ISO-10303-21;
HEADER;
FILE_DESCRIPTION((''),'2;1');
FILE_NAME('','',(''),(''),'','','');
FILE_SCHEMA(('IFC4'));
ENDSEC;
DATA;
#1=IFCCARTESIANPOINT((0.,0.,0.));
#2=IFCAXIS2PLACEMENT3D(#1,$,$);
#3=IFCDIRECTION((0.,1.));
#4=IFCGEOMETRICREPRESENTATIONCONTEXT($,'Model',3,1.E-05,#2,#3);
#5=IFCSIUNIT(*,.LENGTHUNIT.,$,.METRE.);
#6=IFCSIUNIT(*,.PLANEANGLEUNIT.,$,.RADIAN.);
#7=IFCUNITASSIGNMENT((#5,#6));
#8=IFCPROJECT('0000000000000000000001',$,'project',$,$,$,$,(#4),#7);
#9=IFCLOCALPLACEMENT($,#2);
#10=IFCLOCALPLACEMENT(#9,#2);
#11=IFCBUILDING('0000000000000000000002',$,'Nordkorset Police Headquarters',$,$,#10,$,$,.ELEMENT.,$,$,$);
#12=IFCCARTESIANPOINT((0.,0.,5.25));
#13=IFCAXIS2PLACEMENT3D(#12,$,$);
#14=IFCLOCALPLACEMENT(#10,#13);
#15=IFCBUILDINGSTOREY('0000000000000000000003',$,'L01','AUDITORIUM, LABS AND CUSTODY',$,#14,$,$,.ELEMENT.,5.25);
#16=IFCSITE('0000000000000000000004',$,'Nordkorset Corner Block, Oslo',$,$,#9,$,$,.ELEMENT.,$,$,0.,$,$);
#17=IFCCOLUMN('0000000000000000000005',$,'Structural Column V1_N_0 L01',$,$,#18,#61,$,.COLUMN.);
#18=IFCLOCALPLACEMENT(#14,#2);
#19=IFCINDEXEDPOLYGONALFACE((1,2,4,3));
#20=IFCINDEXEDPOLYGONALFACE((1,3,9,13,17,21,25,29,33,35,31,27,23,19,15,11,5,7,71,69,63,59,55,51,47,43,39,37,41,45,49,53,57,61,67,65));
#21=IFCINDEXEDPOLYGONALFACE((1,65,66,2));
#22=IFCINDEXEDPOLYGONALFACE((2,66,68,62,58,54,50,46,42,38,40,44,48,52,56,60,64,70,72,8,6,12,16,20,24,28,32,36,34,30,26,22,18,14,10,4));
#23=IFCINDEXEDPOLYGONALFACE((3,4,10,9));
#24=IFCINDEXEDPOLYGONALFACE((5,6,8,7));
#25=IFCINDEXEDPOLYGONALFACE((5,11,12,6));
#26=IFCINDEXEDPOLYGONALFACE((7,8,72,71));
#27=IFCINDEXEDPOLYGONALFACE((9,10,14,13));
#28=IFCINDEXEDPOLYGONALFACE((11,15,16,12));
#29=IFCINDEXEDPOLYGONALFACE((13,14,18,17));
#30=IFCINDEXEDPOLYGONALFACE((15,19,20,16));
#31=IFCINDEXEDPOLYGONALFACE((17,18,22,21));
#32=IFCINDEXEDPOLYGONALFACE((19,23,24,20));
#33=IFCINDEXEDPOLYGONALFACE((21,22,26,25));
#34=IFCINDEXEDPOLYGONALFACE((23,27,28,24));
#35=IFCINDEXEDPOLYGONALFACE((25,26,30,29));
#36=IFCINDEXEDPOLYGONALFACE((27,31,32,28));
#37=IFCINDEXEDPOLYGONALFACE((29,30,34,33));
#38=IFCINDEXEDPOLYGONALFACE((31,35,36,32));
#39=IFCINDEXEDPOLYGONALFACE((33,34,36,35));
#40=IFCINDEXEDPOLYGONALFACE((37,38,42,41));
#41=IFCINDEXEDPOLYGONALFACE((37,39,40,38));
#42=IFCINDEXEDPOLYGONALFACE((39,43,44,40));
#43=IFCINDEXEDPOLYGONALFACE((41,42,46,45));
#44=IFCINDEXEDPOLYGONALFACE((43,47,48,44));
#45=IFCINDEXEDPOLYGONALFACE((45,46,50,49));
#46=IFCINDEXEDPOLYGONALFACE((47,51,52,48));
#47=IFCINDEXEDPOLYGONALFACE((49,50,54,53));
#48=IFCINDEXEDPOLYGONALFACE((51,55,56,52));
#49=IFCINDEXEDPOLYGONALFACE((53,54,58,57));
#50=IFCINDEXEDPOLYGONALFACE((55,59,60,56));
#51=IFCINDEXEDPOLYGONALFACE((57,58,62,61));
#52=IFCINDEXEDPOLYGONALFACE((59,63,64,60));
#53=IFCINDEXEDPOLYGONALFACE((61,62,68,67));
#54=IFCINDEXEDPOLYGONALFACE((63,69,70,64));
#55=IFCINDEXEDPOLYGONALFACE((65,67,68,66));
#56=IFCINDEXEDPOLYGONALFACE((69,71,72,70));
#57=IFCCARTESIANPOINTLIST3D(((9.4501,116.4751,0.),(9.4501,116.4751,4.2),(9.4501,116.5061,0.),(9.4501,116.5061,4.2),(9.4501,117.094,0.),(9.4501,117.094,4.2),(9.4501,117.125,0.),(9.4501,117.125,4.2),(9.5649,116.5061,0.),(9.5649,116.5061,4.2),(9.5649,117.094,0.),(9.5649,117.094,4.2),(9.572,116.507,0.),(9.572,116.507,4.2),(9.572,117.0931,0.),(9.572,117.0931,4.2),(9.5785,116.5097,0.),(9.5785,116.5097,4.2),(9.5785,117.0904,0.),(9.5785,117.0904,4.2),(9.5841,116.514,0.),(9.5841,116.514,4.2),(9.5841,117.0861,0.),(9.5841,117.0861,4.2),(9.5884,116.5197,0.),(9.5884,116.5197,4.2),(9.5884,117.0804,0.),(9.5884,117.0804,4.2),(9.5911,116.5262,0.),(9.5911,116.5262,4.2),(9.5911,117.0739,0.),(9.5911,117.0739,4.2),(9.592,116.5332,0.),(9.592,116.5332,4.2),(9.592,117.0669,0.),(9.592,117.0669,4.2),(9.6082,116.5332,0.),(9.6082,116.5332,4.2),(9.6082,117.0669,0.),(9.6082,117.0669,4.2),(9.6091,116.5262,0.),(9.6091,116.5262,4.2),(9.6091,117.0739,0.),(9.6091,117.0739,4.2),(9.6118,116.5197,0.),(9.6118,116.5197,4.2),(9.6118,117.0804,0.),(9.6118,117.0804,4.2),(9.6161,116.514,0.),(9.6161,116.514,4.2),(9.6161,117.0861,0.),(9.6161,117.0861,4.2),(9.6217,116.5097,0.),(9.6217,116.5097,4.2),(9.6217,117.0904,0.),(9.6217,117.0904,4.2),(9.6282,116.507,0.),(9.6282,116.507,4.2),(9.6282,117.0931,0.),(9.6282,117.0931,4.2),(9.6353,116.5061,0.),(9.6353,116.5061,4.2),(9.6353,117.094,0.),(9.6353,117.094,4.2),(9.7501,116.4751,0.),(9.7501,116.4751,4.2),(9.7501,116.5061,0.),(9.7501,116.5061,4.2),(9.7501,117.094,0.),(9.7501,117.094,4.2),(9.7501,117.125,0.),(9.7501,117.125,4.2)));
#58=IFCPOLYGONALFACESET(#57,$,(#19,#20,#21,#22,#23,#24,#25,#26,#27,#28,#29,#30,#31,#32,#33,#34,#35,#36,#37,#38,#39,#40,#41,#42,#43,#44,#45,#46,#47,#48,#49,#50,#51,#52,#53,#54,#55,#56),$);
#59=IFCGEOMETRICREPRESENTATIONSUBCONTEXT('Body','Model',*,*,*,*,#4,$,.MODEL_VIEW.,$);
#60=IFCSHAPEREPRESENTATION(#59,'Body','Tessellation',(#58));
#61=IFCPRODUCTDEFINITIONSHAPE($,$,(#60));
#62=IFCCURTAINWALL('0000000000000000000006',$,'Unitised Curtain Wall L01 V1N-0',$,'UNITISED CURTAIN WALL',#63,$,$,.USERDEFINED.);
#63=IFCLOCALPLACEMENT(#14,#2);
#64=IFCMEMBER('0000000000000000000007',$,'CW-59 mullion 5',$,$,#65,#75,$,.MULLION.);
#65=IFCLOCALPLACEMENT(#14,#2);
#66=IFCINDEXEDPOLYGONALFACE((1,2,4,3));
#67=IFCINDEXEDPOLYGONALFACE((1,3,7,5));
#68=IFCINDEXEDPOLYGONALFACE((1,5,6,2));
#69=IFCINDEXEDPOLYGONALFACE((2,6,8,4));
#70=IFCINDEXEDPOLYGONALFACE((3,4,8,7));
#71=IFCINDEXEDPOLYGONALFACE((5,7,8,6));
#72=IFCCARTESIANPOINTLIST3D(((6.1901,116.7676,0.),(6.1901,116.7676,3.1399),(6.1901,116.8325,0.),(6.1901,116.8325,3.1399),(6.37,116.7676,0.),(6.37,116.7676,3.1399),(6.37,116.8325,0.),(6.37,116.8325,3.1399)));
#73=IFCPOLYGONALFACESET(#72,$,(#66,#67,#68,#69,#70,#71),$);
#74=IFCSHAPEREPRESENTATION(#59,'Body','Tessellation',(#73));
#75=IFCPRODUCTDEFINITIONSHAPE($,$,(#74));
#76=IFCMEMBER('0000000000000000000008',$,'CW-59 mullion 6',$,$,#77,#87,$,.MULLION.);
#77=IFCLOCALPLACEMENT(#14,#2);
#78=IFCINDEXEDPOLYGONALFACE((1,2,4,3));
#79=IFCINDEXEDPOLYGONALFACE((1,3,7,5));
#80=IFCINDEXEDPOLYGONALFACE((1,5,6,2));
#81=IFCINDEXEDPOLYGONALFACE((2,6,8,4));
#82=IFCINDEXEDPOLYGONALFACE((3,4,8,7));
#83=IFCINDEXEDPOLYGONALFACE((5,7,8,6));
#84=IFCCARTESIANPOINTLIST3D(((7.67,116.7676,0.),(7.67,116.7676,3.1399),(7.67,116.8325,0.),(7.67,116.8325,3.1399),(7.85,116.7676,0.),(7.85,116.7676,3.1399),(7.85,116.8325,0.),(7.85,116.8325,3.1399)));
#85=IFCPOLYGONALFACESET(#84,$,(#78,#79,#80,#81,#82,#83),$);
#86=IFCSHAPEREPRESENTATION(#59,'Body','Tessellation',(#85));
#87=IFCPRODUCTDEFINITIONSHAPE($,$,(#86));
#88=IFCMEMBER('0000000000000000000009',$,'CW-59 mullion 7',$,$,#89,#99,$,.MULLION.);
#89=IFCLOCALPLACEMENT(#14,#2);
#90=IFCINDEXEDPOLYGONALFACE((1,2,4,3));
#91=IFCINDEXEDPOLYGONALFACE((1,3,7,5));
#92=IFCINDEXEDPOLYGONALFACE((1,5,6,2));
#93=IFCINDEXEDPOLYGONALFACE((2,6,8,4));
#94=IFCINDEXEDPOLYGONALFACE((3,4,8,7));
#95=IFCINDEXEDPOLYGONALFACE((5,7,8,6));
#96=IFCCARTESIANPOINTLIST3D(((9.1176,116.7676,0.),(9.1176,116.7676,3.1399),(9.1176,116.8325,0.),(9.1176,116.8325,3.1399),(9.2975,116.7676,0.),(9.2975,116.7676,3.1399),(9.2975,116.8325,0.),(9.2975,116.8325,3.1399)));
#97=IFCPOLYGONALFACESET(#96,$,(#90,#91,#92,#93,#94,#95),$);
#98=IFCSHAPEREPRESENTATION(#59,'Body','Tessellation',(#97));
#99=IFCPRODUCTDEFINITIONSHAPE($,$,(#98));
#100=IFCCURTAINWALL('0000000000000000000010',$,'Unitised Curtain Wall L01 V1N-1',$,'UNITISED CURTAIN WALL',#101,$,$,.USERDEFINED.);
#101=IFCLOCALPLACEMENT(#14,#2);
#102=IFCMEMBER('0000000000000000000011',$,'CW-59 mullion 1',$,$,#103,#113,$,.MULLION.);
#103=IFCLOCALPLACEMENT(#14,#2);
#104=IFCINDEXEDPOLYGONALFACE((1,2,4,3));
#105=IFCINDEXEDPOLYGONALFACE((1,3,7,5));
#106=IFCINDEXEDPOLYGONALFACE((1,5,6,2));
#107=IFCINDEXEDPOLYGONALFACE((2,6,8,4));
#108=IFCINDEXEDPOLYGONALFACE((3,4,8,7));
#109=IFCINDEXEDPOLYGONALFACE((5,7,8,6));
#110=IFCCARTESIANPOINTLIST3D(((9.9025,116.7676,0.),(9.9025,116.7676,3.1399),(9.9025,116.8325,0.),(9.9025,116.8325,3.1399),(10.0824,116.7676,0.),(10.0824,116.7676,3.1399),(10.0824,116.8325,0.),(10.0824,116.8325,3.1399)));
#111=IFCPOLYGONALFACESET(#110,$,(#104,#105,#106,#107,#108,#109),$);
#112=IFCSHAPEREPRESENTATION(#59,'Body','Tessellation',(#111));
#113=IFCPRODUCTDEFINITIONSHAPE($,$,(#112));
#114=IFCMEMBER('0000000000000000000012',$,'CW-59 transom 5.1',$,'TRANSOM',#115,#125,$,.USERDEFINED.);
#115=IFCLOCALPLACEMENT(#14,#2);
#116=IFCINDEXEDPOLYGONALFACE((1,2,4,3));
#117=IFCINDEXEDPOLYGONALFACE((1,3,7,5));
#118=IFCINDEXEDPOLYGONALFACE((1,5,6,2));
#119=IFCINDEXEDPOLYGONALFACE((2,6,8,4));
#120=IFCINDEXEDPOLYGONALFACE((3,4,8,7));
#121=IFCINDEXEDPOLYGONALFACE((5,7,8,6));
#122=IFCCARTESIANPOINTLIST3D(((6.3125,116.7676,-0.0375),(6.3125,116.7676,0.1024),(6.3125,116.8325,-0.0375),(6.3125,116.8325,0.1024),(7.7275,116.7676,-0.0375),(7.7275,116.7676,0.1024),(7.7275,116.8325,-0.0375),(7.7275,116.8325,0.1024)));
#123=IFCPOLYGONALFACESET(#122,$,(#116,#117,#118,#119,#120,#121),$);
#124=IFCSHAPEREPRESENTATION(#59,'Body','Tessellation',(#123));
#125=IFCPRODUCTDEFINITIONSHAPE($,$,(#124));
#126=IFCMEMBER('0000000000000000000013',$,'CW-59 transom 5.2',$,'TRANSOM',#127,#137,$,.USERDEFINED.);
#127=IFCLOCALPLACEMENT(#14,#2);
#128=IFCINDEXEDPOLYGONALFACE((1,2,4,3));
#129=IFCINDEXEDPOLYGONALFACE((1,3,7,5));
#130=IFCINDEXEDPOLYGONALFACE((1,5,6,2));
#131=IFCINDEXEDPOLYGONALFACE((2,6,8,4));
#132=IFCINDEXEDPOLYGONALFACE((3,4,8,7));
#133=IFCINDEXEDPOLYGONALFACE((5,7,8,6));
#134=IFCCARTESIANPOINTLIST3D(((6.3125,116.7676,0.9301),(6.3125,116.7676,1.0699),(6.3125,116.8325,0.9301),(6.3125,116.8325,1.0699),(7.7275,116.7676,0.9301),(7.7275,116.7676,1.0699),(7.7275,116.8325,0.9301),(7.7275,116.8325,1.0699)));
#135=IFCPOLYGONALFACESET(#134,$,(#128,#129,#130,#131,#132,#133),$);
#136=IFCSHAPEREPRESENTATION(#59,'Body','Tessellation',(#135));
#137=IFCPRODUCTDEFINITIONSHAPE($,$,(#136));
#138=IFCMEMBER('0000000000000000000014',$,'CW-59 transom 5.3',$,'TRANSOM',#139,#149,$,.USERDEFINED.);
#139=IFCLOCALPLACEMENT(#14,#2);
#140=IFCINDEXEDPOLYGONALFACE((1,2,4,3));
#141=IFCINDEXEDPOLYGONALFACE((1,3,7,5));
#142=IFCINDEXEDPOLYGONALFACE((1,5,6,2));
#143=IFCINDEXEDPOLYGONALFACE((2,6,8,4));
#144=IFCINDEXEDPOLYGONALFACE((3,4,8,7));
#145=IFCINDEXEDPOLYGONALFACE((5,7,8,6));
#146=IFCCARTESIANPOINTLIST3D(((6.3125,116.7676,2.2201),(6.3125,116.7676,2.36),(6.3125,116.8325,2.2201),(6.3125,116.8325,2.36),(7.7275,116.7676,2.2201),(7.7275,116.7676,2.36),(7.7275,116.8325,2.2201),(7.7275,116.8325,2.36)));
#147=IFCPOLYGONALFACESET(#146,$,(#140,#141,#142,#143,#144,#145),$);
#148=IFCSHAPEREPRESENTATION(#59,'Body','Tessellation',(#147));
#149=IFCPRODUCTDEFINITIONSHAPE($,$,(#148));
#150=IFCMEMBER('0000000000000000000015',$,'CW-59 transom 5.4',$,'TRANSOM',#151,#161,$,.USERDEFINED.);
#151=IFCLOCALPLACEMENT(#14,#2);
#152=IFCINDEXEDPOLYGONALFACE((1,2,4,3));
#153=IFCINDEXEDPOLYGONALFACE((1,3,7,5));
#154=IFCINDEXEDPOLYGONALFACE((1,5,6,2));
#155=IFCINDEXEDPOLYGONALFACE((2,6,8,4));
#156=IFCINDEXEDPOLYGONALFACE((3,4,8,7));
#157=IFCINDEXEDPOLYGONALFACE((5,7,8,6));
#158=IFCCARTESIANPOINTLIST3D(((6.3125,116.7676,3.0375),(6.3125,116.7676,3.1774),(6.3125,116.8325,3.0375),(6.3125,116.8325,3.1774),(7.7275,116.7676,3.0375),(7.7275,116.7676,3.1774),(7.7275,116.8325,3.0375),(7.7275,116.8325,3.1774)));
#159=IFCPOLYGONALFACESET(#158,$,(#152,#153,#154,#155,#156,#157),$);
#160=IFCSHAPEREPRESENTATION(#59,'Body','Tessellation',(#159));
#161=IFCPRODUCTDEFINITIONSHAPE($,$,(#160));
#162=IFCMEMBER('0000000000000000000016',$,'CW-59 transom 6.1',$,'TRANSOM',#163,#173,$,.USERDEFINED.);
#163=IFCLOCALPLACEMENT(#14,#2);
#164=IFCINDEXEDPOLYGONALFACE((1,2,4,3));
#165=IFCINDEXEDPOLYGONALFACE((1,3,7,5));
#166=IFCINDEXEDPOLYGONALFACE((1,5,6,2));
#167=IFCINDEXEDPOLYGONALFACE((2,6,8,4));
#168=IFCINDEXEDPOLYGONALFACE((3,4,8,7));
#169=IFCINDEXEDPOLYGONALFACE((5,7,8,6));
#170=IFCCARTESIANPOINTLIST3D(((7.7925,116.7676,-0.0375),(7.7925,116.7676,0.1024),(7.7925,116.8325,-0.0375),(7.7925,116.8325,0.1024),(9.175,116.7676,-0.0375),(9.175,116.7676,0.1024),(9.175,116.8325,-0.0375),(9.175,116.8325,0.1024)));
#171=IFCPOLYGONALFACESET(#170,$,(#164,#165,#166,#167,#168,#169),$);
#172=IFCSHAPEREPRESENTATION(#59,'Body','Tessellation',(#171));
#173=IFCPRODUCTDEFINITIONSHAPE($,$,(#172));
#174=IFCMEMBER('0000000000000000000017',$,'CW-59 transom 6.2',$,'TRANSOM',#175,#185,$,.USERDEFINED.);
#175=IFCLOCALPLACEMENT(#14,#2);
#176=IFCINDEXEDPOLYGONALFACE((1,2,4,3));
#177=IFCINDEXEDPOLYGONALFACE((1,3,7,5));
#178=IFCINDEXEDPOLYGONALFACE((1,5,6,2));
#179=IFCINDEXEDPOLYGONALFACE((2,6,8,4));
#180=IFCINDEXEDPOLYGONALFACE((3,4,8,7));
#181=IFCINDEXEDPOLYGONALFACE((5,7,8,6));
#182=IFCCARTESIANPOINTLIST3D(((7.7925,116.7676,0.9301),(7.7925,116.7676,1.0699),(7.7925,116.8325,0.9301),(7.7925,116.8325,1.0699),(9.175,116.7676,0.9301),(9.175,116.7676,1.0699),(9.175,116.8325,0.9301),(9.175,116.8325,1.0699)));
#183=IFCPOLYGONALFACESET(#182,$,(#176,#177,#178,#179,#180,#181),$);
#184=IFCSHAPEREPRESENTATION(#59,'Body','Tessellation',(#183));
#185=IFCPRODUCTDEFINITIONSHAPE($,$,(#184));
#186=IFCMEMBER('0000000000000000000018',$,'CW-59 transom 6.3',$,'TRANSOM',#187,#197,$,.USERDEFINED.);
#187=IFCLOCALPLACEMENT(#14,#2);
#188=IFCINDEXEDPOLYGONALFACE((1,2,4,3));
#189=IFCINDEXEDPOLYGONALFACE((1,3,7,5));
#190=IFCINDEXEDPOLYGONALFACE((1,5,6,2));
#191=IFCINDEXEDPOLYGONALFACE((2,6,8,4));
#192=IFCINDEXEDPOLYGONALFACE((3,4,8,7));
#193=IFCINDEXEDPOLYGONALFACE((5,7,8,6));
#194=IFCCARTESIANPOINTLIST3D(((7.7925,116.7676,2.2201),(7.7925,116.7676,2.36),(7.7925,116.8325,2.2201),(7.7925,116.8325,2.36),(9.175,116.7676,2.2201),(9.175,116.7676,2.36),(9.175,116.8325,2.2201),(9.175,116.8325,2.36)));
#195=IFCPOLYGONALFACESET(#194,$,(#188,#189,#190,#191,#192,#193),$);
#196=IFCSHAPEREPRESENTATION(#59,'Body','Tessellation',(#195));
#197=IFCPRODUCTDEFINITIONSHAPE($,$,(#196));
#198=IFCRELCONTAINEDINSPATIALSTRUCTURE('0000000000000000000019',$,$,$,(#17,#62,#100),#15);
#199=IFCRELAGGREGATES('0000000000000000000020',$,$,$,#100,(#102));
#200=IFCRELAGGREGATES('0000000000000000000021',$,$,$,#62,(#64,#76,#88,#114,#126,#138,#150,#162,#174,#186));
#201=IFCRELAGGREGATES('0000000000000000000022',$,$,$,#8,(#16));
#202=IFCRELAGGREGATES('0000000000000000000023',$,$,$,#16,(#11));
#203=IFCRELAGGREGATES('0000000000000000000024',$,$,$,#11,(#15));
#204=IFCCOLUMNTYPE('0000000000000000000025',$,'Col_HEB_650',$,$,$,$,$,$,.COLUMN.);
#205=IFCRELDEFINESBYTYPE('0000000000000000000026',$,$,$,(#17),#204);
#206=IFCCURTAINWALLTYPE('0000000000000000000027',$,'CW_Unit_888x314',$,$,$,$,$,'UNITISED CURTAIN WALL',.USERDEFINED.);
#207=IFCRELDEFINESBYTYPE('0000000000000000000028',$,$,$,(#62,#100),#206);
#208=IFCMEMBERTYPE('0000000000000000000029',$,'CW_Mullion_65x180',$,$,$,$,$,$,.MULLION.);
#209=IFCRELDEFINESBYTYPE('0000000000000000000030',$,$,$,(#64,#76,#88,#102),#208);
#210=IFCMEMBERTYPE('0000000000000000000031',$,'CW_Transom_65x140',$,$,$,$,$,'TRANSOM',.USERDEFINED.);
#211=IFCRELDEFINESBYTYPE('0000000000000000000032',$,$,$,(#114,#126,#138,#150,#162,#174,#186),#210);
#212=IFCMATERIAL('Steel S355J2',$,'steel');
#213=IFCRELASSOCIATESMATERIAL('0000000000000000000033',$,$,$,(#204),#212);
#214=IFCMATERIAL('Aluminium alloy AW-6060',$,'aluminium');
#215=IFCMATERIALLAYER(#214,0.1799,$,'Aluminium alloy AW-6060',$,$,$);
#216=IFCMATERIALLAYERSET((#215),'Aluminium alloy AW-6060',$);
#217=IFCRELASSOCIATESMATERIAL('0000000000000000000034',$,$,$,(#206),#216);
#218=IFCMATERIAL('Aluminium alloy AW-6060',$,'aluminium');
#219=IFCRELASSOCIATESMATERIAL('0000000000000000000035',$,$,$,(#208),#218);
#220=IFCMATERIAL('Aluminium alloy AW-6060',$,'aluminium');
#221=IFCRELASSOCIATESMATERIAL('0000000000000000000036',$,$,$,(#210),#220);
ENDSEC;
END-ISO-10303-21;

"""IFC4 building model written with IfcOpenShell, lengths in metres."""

from ifc_helpers import new_model, si_unit, direction, frame, origin, origin_2d, place, context, subcontext, project, spatial, rectangle, i_section, extrude, material, layer, layer_set, material_profile, profile_set, type_object, element, aggregate, save


model = new_model("IFC4")

# Units and contexts
model_context = context("Model", 3, precision=1e-05, world=origin(), true_north=direction((0.0, 1.0)))
body_context = subcontext(model_context, "Body", "Model", "MODEL_VIEW")
ifc_project = project(units=[si_unit("LENGTHUNIT", "METRE"), si_unit("PLANEANGLEUNIT", "RADIAN")], contexts=[model_context])

# Site, building, storey
site_placement = place(None, origin())
site = spatial("IfcSite", under=ifc_project, at=site_placement, Name="Nordkorset Corner Block, Oslo", CompositionType="ELEMENT", RefElevation=0.0)
building_placement = place(site_placement, origin())
building = spatial("IfcBuilding", under=site, at=building_placement, Name="Nordkorset Police Headquarters", CompositionType="ELEMENT")
storey_placement = place(building_placement, frame((0.0, 0.0, 5.25)))
storey = spatial("IfcBuildingStorey", under=building, at=storey_placement, Name="L01", Description="AUDITORIUM, LABS AND CUSTODY", CompositionType="ELEMENT", Elevation=5.25)

# Column
ifc_material_1 = material(Name="Steel S355J2", Category="steel")
ifc_material_profile_1 = material_profile(ifc_material_1, i_section(OverallWidth=0.3, OverallDepth=0.6499, WebThickness=0.0161, FlangeThickness=0.031, FilletRadius=0.0271, at=origin_2d()), Name="HEB 650")
ifc_profile_set_1 = profile_set([ifc_material_profile_1], Name="Steel S355J2")
column_type = type_object("IfcColumnType", Name="Col_HEB_650", PredefinedType="COLUMN", material=ifc_profile_set_1)
column_placement = place(storey_placement, frame((9.6001, 116.8, 0.0), z_axis=(0.0, 0.0, 1.0), x_axis=(1.0, 0.0, 0.0)))
element("IfcColumn", 1, at=column_placement, inside=storey, type_object=column_type, Name="Structural Column V1_N_0 L01", PredefinedType="COLUMN", context=body_context, shape_type="SweptSolid", body=[
    extrude(i_section(OverallWidth=0.3, OverallDepth=0.6499, WebThickness=0.0161, FlangeThickness=0.031, FilletRadius=0.0271, at=origin_2d()), origin(), (0.0, 0.0, 1.0), 4.2),
])

# Curtain wall, members
ifc_material_2 = material(Name="Aluminium alloy AW-6060", Category="aluminium")
ifc_layer_1 = layer(ifc_material_2, 0.1799, Name="Aluminium alloy AW-6060")
ifc_layer_set_1 = layer_set([ifc_layer_1], Name="Aluminium alloy AW-6060")
curtain_wall_type = type_object("IfcCurtainWallType", Name="CW_Unit_888x314", ElementType="UNITISED CURTAIN WALL", PredefinedType="USERDEFINED", material=ifc_layer_set_1)
curtain_wall_1_placement = place(storey_placement, origin())
curtain_wall_1 = element("IfcCurtainWall", 2, at=curtain_wall_1_placement, inside=storey, type_object=curtain_wall_type, Name="Unitised Curtain Wall L01 V1N-0", ObjectType="UNITISED CURTAIN WALL", PredefinedType="USERDEFINED")
ifc_material_3 = material(Name="Aluminium alloy AW-6060", Category="aluminium")
ifc_material_profile_2 = material_profile(ifc_material_3, rectangle(XDim=0.0649, YDim=0.1799, at=origin_2d()), Name="ALU MULL 65x180")
ifc_profile_set_2 = profile_set([ifc_material_profile_2], Name="Aluminium alloy AW-6060")
member_type_1 = type_object("IfcMemberType", Name="CW_Mullion_65x180", PredefinedType="MULLION", material=ifc_profile_set_2)
member_1_placement = place(storey_placement, frame((6.28, 116.8, 0.0), z_axis=(0.0, 0.0, 1.0), x_axis=(0.0, 1.0, 0.0)))
member_1 = element("IfcMember", 3, at=member_1_placement, type_object=member_type_1, Name="CW-59 mullion 5", PredefinedType="MULLION", context=body_context, shape_type="SweptSolid", body=[
    extrude(rectangle(XDim=0.0649, YDim=0.1799, at=origin_2d()), origin(), (0.0, 0.0, 1.0), 3.1399),
])
member_2_placement = place(storey_placement, frame((7.76, 116.8, 0.0), z_axis=(0.0, 0.0, 1.0), x_axis=(0.0, 1.0, 0.0)))
member_2 = element("IfcMember", 4, at=member_2_placement, type_object=member_type_1, Name="CW-59 mullion 6", PredefinedType="MULLION", context=body_context, shape_type="SweptSolid", body=[
    extrude(rectangle(XDim=0.0649, YDim=0.1799, at=origin_2d()), origin(), (0.0, 0.0, 1.0), 3.1399),
])
member_3_placement = place(storey_placement, frame((9.2075, 116.8, 0.0), z_axis=(0.0, 0.0, 1.0), x_axis=(0.0, 1.0, 0.0)))
member_3 = element("IfcMember", 5, at=member_3_placement, type_object=member_type_1, Name="CW-59 mullion 7", PredefinedType="MULLION", context=body_context, shape_type="SweptSolid", body=[
    extrude(rectangle(XDim=0.0649, YDim=0.1799, at=origin_2d()), origin(), (0.0, 0.0, 1.0), 3.1399),
])

# Curtain wall, member
curtain_wall_2_placement = place(storey_placement, origin())
curtain_wall_2 = element("IfcCurtainWall", 6, at=curtain_wall_2_placement, inside=storey, type_object=curtain_wall_type, Name="Unitised Curtain Wall L01 V1N-1", ObjectType="UNITISED CURTAIN WALL", PredefinedType="USERDEFINED")
member_4_placement = place(storey_placement, frame((9.9924, 116.8, 0.0), z_axis=(0.0, 0.0, 1.0), x_axis=(0.0, 1.0, 0.0)))
member_4 = element("IfcMember", 7, at=member_4_placement, type_object=member_type_1, Name="CW-59 mullion 1", PredefinedType="MULLION", context=body_context, shape_type="SweptSolid", body=[
    extrude(rectangle(XDim=0.0649, YDim=0.1799, at=origin_2d()), origin(), (0.0, 0.0, 1.0), 3.1399),
])
aggregate(curtain_wall_2, [member_4])

# Members
ifc_material_4 = material(Name="Aluminium alloy AW-6060", Category="aluminium")
ifc_material_profile_3 = material_profile(ifc_material_4, rectangle(XDim=0.0649, YDim=0.1399, at=origin_2d()), Name="ALU TRAN 65x140")
ifc_profile_set_3 = profile_set([ifc_material_profile_3], Name="Aluminium alloy AW-6060")
member_type_2 = type_object("IfcMemberType", Name="CW_Transom_65x140", ElementType="TRANSOM", PredefinedType="USERDEFINED", material=ifc_profile_set_3)
member_5_placement = place(storey_placement, frame((6.3125, 116.8, 0.0325), z_axis=(1.0, 0.0, 0.0), x_axis=(0.0, 1.0, 0.0)))
member_5 = element("IfcMember", 8, at=member_5_placement, type_object=member_type_2, Name="CW-59 transom 5.1", ObjectType="TRANSOM", PredefinedType="USERDEFINED", context=body_context, shape_type="SweptSolid", body=[
    extrude(rectangle(XDim=0.0649, YDim=0.1399, at=origin_2d()), origin(), (0.0, 0.0, 1.0), 1.415),
])
member_6_placement = place(storey_placement, frame((6.3125, 116.8, 1.0), z_axis=(1.0, 0.0, 0.0), x_axis=(0.0, 1.0, 0.0)))
member_6 = element("IfcMember", 9, at=member_6_placement, type_object=member_type_2, Name="CW-59 transom 5.2", ObjectType="TRANSOM", PredefinedType="USERDEFINED", context=body_context, shape_type="SweptSolid", body=[
    extrude(rectangle(XDim=0.0649, YDim=0.1399, at=origin_2d()), origin(), (0.0, 0.0, 1.0), 1.415),
])
member_7_placement = place(storey_placement, frame((6.3125, 116.8, 2.29), z_axis=(1.0, 0.0, 0.0), x_axis=(0.0, 1.0, 0.0)))
member_7 = element("IfcMember", 10, at=member_7_placement, type_object=member_type_2, Name="CW-59 transom 5.3", ObjectType="TRANSOM", PredefinedType="USERDEFINED", context=body_context, shape_type="SweptSolid", body=[
    extrude(rectangle(XDim=0.0649, YDim=0.1399, at=origin_2d()), origin(), (0.0, 0.0, 1.0), 1.415),
])
member_8_placement = place(storey_placement, frame((6.3125, 116.8, 3.1074), z_axis=(1.0, 0.0, 0.0), x_axis=(0.0, 1.0, 0.0)))
member_8 = element("IfcMember", 11, at=member_8_placement, type_object=member_type_2, Name="CW-59 transom 5.4", ObjectType="TRANSOM", PredefinedType="USERDEFINED", context=body_context, shape_type="SweptSolid", body=[
    extrude(rectangle(XDim=0.0649, YDim=0.1399, at=origin_2d()), origin(), (0.0, 0.0, 1.0), 1.415),
])
member_9_placement = place(storey_placement, frame((7.7925, 116.8, 0.0325), z_axis=(1.0, 0.0, 0.0), x_axis=(0.0, 1.0, 0.0)))
member_9 = element("IfcMember", 12, at=member_9_placement, type_object=member_type_2, Name="CW-59 transom 6.1", ObjectType="TRANSOM", PredefinedType="USERDEFINED", context=body_context, shape_type="SweptSolid", body=[
    extrude(rectangle(XDim=0.0649, YDim=0.1399, at=origin_2d()), origin(), (0.0, 0.0, 1.0), 1.3826),
])
member_10_placement = place(storey_placement, frame((7.7925, 116.8, 1.0), z_axis=(1.0, 0.0, 0.0), x_axis=(0.0, 1.0, 0.0)))
member_10 = element("IfcMember", 13, at=member_10_placement, type_object=member_type_2, Name="CW-59 transom 6.2", ObjectType="TRANSOM", PredefinedType="USERDEFINED", context=body_context, shape_type="SweptSolid", body=[
    extrude(rectangle(XDim=0.0649, YDim=0.1399, at=origin_2d()), origin(), (0.0, 0.0, 1.0), 1.3826),
])
member_11_placement = place(storey_placement, frame((7.7925, 116.8, 2.29), z_axis=(1.0, 0.0, 0.0), x_axis=(0.0, 1.0, 0.0)))
member_11 = element("IfcMember", 14, at=member_11_placement, type_object=member_type_2, Name="CW-59 transom 6.3", ObjectType="TRANSOM", PredefinedType="USERDEFINED", context=body_context, shape_type="SweptSolid", body=[
    extrude(rectangle(XDim=0.0649, YDim=0.1399, at=origin_2d()), origin(), (0.0, 0.0, 1.0), 1.3826),
])

aggregate(curtain_wall_1, [member_1, member_2, member_3, member_5, member_6, member_7, member_8, member_9, member_10, member_11])

save(model, "model.ifc")
